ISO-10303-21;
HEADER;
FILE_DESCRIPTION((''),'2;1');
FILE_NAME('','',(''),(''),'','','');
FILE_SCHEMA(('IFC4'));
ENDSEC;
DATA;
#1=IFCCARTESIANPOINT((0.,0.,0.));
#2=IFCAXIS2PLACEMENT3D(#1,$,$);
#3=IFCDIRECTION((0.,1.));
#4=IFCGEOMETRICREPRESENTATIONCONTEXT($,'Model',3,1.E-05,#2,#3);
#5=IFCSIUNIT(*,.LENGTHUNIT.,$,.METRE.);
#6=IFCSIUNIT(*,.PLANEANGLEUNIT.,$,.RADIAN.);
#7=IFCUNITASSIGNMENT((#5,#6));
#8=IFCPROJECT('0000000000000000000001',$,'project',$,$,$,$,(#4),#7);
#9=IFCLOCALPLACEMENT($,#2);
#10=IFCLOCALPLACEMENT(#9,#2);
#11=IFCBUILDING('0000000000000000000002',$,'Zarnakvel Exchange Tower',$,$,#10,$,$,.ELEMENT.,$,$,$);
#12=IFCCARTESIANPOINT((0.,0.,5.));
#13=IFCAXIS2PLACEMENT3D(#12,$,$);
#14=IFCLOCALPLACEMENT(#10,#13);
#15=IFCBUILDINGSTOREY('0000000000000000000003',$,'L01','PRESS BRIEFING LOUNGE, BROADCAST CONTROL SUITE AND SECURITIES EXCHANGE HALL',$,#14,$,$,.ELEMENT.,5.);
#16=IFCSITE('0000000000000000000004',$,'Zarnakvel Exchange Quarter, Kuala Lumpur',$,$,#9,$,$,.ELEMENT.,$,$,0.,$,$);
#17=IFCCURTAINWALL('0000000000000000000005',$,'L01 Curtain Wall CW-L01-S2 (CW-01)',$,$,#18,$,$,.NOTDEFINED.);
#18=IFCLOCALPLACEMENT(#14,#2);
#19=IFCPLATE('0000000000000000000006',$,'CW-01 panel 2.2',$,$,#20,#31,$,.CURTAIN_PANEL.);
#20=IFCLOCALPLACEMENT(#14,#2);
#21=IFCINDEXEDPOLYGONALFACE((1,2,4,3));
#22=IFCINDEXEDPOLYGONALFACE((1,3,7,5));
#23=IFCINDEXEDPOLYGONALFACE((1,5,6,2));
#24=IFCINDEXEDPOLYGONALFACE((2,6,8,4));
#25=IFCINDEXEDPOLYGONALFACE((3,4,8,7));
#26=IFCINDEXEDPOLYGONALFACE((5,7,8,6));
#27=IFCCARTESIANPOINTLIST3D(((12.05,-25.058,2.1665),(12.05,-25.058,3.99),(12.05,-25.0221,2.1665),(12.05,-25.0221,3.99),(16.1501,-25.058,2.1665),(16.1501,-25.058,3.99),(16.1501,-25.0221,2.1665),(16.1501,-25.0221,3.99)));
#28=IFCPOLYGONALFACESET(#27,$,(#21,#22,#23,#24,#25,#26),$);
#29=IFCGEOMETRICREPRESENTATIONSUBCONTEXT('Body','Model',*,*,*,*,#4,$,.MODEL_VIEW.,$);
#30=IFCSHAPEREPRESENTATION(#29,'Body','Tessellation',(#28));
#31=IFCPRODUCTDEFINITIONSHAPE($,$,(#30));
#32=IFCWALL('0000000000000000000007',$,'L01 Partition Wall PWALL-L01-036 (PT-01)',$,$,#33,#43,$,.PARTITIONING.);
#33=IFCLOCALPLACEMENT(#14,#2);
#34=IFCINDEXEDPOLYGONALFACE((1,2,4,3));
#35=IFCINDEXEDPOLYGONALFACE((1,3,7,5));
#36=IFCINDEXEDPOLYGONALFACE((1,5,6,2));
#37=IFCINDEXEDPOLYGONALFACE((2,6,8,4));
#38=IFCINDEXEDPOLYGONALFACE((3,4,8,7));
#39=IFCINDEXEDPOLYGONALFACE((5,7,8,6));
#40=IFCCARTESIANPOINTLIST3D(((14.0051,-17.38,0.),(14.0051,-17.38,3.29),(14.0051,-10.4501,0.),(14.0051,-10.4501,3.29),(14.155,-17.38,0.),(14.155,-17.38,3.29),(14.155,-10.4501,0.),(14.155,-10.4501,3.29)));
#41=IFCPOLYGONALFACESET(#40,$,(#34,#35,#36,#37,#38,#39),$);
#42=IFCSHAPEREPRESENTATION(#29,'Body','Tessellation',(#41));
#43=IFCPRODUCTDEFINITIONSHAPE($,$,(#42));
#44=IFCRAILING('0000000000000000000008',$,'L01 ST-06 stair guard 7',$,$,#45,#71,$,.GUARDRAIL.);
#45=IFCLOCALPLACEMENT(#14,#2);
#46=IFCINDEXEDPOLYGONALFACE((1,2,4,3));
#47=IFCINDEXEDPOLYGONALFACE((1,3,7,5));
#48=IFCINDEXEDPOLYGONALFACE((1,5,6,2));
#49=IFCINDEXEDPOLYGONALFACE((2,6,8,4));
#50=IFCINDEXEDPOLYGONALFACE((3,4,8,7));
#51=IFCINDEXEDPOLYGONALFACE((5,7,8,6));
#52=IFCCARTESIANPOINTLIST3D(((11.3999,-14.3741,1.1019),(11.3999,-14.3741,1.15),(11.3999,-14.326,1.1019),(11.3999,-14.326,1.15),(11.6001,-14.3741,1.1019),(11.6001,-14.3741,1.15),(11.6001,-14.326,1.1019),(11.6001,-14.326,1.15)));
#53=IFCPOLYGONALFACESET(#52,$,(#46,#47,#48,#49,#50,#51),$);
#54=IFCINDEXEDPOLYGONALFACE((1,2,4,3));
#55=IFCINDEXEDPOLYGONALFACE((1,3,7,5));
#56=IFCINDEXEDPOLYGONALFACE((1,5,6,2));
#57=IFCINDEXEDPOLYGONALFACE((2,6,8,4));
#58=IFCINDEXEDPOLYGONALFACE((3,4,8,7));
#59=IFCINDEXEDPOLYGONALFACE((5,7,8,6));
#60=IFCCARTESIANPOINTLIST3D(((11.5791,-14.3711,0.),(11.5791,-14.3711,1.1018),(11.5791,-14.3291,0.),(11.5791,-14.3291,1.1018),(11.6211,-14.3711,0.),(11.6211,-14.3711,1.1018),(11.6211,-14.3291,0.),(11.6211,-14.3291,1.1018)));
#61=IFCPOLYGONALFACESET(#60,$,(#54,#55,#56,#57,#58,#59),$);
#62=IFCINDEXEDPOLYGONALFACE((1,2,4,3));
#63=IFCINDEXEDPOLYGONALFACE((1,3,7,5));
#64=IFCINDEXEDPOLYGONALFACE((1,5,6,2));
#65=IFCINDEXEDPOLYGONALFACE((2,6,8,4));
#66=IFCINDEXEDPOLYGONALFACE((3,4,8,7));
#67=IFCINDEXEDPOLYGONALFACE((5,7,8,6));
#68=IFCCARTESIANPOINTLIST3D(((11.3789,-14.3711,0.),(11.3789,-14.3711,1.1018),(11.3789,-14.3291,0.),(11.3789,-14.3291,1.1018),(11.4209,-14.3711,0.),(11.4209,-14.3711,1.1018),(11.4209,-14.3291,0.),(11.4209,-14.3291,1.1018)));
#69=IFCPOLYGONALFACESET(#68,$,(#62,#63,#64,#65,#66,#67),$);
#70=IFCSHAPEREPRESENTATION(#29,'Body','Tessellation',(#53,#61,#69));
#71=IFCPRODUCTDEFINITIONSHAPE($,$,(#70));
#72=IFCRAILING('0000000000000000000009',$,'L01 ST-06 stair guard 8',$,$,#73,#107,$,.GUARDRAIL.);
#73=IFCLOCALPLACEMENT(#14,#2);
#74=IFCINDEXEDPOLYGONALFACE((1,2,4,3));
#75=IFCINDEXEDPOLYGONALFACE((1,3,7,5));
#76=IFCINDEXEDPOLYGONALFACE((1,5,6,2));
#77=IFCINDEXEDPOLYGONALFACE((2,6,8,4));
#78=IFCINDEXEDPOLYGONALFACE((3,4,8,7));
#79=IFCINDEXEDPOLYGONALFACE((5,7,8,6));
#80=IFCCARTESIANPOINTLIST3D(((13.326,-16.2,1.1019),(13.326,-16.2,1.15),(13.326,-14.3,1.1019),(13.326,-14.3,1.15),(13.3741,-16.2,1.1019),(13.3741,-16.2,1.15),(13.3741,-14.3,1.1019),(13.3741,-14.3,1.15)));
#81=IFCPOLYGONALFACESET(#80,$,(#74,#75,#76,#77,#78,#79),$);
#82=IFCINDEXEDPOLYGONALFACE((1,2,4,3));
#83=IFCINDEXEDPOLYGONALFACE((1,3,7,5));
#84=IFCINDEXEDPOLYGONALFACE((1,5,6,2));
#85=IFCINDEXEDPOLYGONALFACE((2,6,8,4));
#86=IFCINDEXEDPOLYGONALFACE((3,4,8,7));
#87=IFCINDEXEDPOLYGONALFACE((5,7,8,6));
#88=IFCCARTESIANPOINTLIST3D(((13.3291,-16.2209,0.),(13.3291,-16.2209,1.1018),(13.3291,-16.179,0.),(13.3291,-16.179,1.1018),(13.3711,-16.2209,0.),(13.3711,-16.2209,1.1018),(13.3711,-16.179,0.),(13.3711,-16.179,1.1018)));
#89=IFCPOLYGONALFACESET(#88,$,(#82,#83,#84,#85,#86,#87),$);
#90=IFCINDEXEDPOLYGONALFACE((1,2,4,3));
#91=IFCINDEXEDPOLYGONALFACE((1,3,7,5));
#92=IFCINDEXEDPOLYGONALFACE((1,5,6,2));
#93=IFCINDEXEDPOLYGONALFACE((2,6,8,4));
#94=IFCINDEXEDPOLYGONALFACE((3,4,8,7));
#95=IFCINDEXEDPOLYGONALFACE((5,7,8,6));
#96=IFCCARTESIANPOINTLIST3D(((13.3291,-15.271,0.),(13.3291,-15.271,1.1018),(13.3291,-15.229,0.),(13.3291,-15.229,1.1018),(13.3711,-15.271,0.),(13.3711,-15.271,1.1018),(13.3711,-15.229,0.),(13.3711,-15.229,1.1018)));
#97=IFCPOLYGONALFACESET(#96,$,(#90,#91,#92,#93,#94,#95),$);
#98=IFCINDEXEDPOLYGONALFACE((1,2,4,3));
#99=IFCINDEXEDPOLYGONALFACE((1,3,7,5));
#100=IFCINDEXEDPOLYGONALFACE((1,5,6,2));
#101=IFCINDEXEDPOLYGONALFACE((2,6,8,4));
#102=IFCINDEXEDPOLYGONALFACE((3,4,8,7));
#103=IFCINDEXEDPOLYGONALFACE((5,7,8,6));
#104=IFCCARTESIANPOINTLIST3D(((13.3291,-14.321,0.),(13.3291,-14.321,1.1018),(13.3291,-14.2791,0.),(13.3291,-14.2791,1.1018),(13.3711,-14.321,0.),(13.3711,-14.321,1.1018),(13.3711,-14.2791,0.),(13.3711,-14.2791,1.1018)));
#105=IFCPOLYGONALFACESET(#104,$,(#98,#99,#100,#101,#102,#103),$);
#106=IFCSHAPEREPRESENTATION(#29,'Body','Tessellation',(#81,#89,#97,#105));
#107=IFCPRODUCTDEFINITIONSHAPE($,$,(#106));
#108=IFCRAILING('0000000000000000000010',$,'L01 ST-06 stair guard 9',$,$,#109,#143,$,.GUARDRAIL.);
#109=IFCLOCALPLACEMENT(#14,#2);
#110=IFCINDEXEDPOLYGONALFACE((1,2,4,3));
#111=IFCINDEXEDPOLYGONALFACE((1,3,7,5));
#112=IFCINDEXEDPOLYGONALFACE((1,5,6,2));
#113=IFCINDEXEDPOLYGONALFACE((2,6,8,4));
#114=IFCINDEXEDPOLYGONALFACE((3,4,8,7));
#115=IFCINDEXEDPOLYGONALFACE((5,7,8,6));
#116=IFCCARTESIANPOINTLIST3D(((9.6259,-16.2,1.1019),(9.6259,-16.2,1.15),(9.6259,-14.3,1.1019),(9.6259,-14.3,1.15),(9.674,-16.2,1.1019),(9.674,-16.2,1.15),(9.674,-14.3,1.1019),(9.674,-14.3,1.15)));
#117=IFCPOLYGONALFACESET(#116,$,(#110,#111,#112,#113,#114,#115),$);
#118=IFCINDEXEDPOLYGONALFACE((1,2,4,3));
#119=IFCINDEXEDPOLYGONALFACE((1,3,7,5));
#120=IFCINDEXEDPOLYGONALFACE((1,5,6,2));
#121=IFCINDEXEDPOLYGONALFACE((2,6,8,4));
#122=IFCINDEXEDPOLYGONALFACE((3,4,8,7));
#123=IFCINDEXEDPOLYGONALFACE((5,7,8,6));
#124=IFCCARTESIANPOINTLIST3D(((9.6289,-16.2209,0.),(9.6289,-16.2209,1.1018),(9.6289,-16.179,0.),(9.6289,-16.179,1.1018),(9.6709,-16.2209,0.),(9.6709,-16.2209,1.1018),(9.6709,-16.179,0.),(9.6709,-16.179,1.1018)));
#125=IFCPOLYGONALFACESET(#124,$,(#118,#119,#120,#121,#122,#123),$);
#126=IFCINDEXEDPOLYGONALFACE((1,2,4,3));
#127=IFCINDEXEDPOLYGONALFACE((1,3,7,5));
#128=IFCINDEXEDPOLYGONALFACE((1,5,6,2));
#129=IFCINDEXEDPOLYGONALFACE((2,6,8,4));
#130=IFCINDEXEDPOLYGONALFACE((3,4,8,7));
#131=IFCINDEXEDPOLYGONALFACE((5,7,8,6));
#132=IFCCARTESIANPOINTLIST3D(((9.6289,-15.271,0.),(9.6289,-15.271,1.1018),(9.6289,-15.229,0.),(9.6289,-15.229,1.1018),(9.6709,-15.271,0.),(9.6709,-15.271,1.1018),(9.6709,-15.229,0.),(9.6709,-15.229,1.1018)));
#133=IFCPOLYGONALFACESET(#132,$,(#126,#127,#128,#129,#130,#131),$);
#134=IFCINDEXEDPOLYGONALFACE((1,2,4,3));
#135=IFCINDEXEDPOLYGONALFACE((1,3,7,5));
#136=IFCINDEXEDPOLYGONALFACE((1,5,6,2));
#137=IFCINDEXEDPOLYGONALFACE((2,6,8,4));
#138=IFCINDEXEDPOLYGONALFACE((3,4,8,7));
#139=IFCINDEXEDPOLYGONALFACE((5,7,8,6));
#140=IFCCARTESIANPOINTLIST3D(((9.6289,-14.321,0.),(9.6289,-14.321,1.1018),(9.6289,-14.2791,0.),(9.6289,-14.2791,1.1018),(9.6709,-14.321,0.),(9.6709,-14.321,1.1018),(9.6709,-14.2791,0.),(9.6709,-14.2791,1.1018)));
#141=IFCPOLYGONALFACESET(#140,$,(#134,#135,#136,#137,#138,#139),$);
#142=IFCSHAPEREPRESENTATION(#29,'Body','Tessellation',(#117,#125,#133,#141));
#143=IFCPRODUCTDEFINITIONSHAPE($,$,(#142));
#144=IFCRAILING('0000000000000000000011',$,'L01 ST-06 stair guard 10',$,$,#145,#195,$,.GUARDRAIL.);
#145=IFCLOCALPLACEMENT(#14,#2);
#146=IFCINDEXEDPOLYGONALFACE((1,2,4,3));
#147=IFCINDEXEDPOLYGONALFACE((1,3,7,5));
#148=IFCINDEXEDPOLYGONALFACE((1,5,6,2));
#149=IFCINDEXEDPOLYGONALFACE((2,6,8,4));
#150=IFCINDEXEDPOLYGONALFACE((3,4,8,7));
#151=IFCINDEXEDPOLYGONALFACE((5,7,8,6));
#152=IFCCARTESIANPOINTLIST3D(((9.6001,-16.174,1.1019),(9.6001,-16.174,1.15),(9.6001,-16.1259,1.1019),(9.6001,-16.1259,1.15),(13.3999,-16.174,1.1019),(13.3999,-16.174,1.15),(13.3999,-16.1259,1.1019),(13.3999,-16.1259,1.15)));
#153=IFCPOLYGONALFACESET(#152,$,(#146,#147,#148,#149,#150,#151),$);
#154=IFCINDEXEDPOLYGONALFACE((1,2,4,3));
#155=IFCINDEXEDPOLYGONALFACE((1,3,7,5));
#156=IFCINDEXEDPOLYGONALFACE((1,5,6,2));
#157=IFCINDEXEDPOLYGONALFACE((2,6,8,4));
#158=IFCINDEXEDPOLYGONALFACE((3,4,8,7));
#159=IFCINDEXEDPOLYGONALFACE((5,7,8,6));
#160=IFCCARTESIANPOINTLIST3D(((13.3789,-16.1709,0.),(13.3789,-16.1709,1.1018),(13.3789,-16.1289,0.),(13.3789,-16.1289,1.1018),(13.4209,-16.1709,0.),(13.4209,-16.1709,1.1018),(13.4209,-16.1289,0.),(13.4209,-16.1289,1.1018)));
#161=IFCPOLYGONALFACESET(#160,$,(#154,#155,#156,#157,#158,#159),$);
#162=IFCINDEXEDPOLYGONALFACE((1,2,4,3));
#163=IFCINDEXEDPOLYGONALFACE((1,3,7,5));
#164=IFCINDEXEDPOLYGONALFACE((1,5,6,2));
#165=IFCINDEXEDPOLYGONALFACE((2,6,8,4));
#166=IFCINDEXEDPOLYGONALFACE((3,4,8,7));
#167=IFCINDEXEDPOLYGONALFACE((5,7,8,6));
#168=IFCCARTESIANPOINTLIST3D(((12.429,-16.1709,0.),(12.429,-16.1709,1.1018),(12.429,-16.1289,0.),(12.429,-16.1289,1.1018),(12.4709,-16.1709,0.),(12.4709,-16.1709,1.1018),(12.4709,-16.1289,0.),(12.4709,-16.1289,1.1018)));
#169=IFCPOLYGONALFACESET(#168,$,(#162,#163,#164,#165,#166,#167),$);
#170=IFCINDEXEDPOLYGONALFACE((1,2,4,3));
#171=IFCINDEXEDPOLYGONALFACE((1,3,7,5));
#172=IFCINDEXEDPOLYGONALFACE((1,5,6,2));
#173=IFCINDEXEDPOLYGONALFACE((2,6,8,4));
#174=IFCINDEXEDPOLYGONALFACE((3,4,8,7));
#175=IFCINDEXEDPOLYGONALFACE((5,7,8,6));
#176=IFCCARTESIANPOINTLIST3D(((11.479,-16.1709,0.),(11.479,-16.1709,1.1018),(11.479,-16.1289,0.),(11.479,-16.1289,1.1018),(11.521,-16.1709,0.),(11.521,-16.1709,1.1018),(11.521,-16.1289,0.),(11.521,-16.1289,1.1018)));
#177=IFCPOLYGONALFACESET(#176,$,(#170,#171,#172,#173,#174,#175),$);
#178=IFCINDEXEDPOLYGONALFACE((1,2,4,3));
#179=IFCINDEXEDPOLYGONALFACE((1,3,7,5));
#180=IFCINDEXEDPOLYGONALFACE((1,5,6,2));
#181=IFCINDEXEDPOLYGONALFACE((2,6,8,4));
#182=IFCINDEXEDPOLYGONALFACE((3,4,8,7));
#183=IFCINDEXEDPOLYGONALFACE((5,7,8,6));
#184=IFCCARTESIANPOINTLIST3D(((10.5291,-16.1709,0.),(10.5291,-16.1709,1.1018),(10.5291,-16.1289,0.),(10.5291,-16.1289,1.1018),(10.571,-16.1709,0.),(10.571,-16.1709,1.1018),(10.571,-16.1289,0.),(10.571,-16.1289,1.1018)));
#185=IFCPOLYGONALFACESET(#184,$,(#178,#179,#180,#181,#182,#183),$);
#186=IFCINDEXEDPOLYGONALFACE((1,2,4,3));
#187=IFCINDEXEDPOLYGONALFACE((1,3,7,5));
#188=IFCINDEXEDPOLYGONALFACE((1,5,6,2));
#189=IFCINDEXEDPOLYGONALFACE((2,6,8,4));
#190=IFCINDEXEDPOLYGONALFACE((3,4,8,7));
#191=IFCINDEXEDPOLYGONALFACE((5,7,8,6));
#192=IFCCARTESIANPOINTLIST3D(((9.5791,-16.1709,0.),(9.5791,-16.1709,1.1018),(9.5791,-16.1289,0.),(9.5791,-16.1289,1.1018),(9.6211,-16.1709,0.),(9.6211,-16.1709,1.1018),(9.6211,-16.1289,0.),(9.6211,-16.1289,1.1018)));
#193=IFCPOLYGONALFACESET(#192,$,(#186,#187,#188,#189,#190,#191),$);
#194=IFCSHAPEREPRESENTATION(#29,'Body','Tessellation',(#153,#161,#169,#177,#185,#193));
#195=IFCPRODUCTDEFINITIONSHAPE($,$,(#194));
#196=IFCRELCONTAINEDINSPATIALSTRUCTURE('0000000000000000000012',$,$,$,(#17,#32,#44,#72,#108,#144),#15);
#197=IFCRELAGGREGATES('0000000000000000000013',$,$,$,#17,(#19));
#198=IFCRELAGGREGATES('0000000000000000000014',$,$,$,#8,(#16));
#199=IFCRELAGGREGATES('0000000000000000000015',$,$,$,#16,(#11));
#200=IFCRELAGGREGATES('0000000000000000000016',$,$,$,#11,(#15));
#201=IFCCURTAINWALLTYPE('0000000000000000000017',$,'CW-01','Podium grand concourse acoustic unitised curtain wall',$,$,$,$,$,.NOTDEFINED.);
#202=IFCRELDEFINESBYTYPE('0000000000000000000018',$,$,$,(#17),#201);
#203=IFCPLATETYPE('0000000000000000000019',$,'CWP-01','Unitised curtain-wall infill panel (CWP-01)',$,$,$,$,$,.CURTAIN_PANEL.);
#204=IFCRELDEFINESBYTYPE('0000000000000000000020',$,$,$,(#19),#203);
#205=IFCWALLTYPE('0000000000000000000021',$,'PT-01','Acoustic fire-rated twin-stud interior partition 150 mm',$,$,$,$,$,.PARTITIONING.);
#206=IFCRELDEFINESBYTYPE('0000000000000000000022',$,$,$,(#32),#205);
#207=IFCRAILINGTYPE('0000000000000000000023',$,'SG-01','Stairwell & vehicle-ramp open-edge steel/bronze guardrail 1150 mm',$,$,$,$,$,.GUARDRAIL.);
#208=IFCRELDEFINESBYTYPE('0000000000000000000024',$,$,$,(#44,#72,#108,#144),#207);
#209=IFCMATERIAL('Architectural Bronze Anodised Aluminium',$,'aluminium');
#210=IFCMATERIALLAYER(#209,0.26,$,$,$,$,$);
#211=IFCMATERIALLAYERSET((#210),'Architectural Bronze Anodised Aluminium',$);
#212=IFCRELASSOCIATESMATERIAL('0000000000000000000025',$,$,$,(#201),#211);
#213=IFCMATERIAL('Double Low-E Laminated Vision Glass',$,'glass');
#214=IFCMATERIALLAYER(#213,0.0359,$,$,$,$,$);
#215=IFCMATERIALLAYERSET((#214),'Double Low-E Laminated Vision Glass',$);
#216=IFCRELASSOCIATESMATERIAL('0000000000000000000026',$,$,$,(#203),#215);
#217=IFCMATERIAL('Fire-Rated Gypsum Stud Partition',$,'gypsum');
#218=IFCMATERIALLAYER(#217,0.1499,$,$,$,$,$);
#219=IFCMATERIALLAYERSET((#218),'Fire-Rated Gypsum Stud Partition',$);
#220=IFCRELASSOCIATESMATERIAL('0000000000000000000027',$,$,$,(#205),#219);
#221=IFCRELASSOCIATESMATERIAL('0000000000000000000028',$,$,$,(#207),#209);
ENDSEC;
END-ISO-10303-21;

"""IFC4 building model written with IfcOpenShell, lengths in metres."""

from ifc_helpers import new_model, si_unit, direction, frame, frame_2d, origin, origin_2d, place, context, subcontext, project, spatial, rectangle, extrude, source, transform, mapped, material, layer, layer_set, type_object, element, aggregate, save


model = new_model("IFC4")

# Units and contexts
model_context = context("Model", 3, precision=1e-05, world=origin(), true_north=direction((0.0, 1.0)))
body_context = subcontext(model_context, "Body", "Model", "MODEL_VIEW")
ifc_project = project(units=[si_unit("LENGTHUNIT", "METRE"), si_unit("PLANEANGLEUNIT", "RADIAN")], contexts=[model_context])

# Site, building, storey
site_placement = place(None, origin())
site = spatial("IfcSite", under=ifc_project, at=site_placement, Name="Zarnakvel Exchange Quarter, Kuala Lumpur", CompositionType="ELEMENT", RefElevation=0.0)
building_placement = place(site_placement, origin())
building = spatial("IfcBuilding", under=site, at=building_placement, Name="Zarnakvel Exchange Tower", CompositionType="ELEMENT")
storey_placement = place(building_placement, frame((0.0, 0.0, 5.0)))
storey = spatial("IfcBuildingStorey", under=building, at=storey_placement, Name="L01", Description="PRESS BRIEFING LOUNGE, BROADCAST CONTROL SUITE AND SECURITIES EXCHANGE HALL", CompositionType="ELEMENT", Elevation=5.0)

# Curtain wall, plate
ifc_material_1 = material(Name="Architectural Bronze Anodised Aluminium", Category="aluminium")
ifc_layer_1 = layer(ifc_material_1, 0.26)
ifc_layer_set_1 = layer_set([ifc_layer_1], Name="Architectural Bronze Anodised Aluminium")
curtain_wall_type = type_object("IfcCurtainWallType", Name="CW-01", Description="Podium grand concourse acoustic unitised curtain wall", PredefinedType="NOTDEFINED", material=ifc_layer_set_1)
curtain_wall_placement = place(storey_placement, origin())
curtain_wall = element("IfcCurtainWall", 1, at=curtain_wall_placement, inside=storey, type_object=curtain_wall_type, Name="L01 Curtain Wall CW-L01-S2 (CW-01)", PredefinedType="NOTDEFINED")
ifc_material_2 = material(Name="Double Low-E Laminated Vision Glass", Category="glass")
ifc_layer_2 = layer(ifc_material_2, 0.0359)
ifc_layer_set_2 = layer_set([ifc_layer_2], Name="Double Low-E Laminated Vision Glass")
plate_type = type_object("IfcPlateType", Name="CWP-01", Description="Unitised curtain-wall infill panel (CWP-01)", PredefinedType="CURTAIN_PANEL", material=ifc_layer_set_2)
shared_shape_1 = source(origin(), body_context, "Body", "SweptSolid", [
    extrude(rectangle(XDim=4.1001, YDim=0.0359, at=origin_2d()), origin(), (0.0, 0.0, 1.0), 1.8235),
])
plate_1_placement = place(storey_placement, frame((14.1001, -25.04, 2.1665), z_axis=(0.0, 0.0, 1.0), x_axis=(1.0, 0.0, 0.0)))
plate_1 = element("IfcPlate", 2, at=plate_1_placement, type_object=plate_type, Name="CW-01 panel 2.2", PredefinedType="CURTAIN_PANEL", context=body_context, shape_type="MappedRepresentation", body=[
    mapped(shared_shape_1, transform((0.0, 0.0, 0.0), x_axis=(1.0, 0.0, 0.0), y_axis=(0.0, 1.0, 0.0), z_axis=(0.0, 0.0, 1.0), scale=1.0)),
])
aggregate(curtain_wall, [plate_1])

# Wall
ifc_material_3 = material(Name="Fire-Rated Gypsum Stud Partition", Category="gypsum")
ifc_layer_3 = layer(ifc_material_3, 0.1499)
ifc_layer_set_3 = layer_set([ifc_layer_3], Name="Fire-Rated Gypsum Stud Partition")
wall_type = type_object("IfcWallType", Name="PT-01", Description="Acoustic fire-rated twin-stud interior partition 150 mm", PredefinedType="PARTITIONING", material=ifc_layer_set_3)
wall_placement = place(storey_placement, frame((14.0801, -17.3799, 0.0), z_axis=(0.0, 0.0, 1.0), x_axis=(0.0, 1.0, 0.0)))
element("IfcWall", 3, at=wall_placement, inside=storey, type_object=wall_type, Name="L01 Partition Wall PWALL-L01-036 (PT-01)", PredefinedType="PARTITIONING", context=body_context, shape_type="SweptSolid", body=[
    extrude(rectangle(XDim=6.9299, YDim=0.1499, at=frame_2d((3.4648, 0.0))), origin(), (0.0, 0.0, 1.0), 3.29),
])

# Railings
railing_type = type_object("IfcRailingType", Name="SG-01", Description="Stairwell & vehicle-ramp open-edge steel/bronze guardrail 1150 mm", PredefinedType="GUARDRAIL", material=ifc_material_1)
railing_1_placement = place(storey_placement, frame((11.6001, -14.3501, 0.0)))
element("IfcRailing", 4, at=railing_1_placement, inside=storey, type_object=railing_type, Name="L01 ST-06 stair guard 7", PredefinedType="GUARDRAIL", context=body_context, shape_type="SweptSolid", body=[
    extrude(rectangle(XDim=0.0481, YDim=0.0481, at=origin_2d()), frame((0.0, 0.0, 1.126), z_axis=(-1.0, 0.0, 0.0), x_axis=(0.0, -1.0, 0.0)), (0.0, 0.0, 1.0), 0.2002),
    extrude(rectangle(XDim=0.042, YDim=0.042, at=origin_2d()), origin(), (0.0, 0.0, 1.0), 1.1018),
    extrude(rectangle(XDim=0.042, YDim=0.042, at=origin_2d()), frame((-0.2002, 0.0, 0.0)), (0.0, 0.0, 1.0), 1.1018),
])
for number, where, name in (
    (5, (13.3501, -16.2, 0.0), "L01 ST-06 stair guard 8"),
    (6, (9.6499, -16.2, 0.0), "L01 ST-06 stair guard 9"),
):
    element("IfcRailing", number, at=place(storey_placement, frame(where)), inside=storey, type_object=railing_type, Name=name, PredefinedType="GUARDRAIL", context=body_context, shape_type="SweptSolid", body=[
        extrude(rectangle(XDim=0.0481, YDim=0.0481, at=origin_2d()), frame((0.0, 0.0, 1.126), z_axis=(0.0, 1.0, 0.0), x_axis=(-1.0, 0.0, 0.0)), (0.0, 0.0, 1.0), 1.8999),
        extrude(rectangle(XDim=0.042, YDim=0.042, at=origin_2d()), origin(), (0.0, 0.0, 1.0), 1.1018),
        extrude(rectangle(XDim=0.042, YDim=0.042, at=origin_2d()), frame((0.0, 0.95, 0.0)), (0.0, 0.0, 1.0), 1.1018),
        extrude(rectangle(XDim=0.042, YDim=0.042, at=origin_2d()), frame((0.0, 1.8999, 0.0)), (0.0, 0.0, 1.0), 1.1018),
    ])
railing_2_placement = place(storey_placement, frame((13.3999, -16.1499, 0.0)))
element("IfcRailing", 7, at=railing_2_placement, inside=storey, type_object=railing_type, Name="L01 ST-06 stair guard 10", PredefinedType="GUARDRAIL", context=body_context, shape_type="SweptSolid", body=[
    extrude(rectangle(XDim=0.0481, YDim=0.0481, at=origin_2d()), frame((0.0, 0.0, 1.126), z_axis=(-1.0, 0.0, 0.0), x_axis=(0.0, -1.0, 0.0)), (0.0, 0.0, 1.0), 3.7998),
    extrude(rectangle(XDim=0.042, YDim=0.042, at=origin_2d()), origin(), (0.0, 0.0, 1.0), 1.1018),
    extrude(rectangle(XDim=0.042, YDim=0.042, at=origin_2d()), frame((-0.95, 0.0, 0.0)), (0.0, 0.0, 1.0), 1.1018),
    extrude(rectangle(XDim=0.042, YDim=0.042, at=origin_2d()), frame((-1.8999, 0.0, 0.0)), (0.0, 0.0, 1.0), 1.1018),
    extrude(rectangle(XDim=0.042, YDim=0.042, at=origin_2d()), frame((-2.8499, 0.0, 0.0)), (0.0, 0.0, 1.0), 1.1018),
    extrude(rectangle(XDim=0.042, YDim=0.042, at=origin_2d()), frame((-3.7998, 0.0, 0.0)), (0.0, 0.0, 1.0), 1.1018),
])

save(model, "model.ifc")
